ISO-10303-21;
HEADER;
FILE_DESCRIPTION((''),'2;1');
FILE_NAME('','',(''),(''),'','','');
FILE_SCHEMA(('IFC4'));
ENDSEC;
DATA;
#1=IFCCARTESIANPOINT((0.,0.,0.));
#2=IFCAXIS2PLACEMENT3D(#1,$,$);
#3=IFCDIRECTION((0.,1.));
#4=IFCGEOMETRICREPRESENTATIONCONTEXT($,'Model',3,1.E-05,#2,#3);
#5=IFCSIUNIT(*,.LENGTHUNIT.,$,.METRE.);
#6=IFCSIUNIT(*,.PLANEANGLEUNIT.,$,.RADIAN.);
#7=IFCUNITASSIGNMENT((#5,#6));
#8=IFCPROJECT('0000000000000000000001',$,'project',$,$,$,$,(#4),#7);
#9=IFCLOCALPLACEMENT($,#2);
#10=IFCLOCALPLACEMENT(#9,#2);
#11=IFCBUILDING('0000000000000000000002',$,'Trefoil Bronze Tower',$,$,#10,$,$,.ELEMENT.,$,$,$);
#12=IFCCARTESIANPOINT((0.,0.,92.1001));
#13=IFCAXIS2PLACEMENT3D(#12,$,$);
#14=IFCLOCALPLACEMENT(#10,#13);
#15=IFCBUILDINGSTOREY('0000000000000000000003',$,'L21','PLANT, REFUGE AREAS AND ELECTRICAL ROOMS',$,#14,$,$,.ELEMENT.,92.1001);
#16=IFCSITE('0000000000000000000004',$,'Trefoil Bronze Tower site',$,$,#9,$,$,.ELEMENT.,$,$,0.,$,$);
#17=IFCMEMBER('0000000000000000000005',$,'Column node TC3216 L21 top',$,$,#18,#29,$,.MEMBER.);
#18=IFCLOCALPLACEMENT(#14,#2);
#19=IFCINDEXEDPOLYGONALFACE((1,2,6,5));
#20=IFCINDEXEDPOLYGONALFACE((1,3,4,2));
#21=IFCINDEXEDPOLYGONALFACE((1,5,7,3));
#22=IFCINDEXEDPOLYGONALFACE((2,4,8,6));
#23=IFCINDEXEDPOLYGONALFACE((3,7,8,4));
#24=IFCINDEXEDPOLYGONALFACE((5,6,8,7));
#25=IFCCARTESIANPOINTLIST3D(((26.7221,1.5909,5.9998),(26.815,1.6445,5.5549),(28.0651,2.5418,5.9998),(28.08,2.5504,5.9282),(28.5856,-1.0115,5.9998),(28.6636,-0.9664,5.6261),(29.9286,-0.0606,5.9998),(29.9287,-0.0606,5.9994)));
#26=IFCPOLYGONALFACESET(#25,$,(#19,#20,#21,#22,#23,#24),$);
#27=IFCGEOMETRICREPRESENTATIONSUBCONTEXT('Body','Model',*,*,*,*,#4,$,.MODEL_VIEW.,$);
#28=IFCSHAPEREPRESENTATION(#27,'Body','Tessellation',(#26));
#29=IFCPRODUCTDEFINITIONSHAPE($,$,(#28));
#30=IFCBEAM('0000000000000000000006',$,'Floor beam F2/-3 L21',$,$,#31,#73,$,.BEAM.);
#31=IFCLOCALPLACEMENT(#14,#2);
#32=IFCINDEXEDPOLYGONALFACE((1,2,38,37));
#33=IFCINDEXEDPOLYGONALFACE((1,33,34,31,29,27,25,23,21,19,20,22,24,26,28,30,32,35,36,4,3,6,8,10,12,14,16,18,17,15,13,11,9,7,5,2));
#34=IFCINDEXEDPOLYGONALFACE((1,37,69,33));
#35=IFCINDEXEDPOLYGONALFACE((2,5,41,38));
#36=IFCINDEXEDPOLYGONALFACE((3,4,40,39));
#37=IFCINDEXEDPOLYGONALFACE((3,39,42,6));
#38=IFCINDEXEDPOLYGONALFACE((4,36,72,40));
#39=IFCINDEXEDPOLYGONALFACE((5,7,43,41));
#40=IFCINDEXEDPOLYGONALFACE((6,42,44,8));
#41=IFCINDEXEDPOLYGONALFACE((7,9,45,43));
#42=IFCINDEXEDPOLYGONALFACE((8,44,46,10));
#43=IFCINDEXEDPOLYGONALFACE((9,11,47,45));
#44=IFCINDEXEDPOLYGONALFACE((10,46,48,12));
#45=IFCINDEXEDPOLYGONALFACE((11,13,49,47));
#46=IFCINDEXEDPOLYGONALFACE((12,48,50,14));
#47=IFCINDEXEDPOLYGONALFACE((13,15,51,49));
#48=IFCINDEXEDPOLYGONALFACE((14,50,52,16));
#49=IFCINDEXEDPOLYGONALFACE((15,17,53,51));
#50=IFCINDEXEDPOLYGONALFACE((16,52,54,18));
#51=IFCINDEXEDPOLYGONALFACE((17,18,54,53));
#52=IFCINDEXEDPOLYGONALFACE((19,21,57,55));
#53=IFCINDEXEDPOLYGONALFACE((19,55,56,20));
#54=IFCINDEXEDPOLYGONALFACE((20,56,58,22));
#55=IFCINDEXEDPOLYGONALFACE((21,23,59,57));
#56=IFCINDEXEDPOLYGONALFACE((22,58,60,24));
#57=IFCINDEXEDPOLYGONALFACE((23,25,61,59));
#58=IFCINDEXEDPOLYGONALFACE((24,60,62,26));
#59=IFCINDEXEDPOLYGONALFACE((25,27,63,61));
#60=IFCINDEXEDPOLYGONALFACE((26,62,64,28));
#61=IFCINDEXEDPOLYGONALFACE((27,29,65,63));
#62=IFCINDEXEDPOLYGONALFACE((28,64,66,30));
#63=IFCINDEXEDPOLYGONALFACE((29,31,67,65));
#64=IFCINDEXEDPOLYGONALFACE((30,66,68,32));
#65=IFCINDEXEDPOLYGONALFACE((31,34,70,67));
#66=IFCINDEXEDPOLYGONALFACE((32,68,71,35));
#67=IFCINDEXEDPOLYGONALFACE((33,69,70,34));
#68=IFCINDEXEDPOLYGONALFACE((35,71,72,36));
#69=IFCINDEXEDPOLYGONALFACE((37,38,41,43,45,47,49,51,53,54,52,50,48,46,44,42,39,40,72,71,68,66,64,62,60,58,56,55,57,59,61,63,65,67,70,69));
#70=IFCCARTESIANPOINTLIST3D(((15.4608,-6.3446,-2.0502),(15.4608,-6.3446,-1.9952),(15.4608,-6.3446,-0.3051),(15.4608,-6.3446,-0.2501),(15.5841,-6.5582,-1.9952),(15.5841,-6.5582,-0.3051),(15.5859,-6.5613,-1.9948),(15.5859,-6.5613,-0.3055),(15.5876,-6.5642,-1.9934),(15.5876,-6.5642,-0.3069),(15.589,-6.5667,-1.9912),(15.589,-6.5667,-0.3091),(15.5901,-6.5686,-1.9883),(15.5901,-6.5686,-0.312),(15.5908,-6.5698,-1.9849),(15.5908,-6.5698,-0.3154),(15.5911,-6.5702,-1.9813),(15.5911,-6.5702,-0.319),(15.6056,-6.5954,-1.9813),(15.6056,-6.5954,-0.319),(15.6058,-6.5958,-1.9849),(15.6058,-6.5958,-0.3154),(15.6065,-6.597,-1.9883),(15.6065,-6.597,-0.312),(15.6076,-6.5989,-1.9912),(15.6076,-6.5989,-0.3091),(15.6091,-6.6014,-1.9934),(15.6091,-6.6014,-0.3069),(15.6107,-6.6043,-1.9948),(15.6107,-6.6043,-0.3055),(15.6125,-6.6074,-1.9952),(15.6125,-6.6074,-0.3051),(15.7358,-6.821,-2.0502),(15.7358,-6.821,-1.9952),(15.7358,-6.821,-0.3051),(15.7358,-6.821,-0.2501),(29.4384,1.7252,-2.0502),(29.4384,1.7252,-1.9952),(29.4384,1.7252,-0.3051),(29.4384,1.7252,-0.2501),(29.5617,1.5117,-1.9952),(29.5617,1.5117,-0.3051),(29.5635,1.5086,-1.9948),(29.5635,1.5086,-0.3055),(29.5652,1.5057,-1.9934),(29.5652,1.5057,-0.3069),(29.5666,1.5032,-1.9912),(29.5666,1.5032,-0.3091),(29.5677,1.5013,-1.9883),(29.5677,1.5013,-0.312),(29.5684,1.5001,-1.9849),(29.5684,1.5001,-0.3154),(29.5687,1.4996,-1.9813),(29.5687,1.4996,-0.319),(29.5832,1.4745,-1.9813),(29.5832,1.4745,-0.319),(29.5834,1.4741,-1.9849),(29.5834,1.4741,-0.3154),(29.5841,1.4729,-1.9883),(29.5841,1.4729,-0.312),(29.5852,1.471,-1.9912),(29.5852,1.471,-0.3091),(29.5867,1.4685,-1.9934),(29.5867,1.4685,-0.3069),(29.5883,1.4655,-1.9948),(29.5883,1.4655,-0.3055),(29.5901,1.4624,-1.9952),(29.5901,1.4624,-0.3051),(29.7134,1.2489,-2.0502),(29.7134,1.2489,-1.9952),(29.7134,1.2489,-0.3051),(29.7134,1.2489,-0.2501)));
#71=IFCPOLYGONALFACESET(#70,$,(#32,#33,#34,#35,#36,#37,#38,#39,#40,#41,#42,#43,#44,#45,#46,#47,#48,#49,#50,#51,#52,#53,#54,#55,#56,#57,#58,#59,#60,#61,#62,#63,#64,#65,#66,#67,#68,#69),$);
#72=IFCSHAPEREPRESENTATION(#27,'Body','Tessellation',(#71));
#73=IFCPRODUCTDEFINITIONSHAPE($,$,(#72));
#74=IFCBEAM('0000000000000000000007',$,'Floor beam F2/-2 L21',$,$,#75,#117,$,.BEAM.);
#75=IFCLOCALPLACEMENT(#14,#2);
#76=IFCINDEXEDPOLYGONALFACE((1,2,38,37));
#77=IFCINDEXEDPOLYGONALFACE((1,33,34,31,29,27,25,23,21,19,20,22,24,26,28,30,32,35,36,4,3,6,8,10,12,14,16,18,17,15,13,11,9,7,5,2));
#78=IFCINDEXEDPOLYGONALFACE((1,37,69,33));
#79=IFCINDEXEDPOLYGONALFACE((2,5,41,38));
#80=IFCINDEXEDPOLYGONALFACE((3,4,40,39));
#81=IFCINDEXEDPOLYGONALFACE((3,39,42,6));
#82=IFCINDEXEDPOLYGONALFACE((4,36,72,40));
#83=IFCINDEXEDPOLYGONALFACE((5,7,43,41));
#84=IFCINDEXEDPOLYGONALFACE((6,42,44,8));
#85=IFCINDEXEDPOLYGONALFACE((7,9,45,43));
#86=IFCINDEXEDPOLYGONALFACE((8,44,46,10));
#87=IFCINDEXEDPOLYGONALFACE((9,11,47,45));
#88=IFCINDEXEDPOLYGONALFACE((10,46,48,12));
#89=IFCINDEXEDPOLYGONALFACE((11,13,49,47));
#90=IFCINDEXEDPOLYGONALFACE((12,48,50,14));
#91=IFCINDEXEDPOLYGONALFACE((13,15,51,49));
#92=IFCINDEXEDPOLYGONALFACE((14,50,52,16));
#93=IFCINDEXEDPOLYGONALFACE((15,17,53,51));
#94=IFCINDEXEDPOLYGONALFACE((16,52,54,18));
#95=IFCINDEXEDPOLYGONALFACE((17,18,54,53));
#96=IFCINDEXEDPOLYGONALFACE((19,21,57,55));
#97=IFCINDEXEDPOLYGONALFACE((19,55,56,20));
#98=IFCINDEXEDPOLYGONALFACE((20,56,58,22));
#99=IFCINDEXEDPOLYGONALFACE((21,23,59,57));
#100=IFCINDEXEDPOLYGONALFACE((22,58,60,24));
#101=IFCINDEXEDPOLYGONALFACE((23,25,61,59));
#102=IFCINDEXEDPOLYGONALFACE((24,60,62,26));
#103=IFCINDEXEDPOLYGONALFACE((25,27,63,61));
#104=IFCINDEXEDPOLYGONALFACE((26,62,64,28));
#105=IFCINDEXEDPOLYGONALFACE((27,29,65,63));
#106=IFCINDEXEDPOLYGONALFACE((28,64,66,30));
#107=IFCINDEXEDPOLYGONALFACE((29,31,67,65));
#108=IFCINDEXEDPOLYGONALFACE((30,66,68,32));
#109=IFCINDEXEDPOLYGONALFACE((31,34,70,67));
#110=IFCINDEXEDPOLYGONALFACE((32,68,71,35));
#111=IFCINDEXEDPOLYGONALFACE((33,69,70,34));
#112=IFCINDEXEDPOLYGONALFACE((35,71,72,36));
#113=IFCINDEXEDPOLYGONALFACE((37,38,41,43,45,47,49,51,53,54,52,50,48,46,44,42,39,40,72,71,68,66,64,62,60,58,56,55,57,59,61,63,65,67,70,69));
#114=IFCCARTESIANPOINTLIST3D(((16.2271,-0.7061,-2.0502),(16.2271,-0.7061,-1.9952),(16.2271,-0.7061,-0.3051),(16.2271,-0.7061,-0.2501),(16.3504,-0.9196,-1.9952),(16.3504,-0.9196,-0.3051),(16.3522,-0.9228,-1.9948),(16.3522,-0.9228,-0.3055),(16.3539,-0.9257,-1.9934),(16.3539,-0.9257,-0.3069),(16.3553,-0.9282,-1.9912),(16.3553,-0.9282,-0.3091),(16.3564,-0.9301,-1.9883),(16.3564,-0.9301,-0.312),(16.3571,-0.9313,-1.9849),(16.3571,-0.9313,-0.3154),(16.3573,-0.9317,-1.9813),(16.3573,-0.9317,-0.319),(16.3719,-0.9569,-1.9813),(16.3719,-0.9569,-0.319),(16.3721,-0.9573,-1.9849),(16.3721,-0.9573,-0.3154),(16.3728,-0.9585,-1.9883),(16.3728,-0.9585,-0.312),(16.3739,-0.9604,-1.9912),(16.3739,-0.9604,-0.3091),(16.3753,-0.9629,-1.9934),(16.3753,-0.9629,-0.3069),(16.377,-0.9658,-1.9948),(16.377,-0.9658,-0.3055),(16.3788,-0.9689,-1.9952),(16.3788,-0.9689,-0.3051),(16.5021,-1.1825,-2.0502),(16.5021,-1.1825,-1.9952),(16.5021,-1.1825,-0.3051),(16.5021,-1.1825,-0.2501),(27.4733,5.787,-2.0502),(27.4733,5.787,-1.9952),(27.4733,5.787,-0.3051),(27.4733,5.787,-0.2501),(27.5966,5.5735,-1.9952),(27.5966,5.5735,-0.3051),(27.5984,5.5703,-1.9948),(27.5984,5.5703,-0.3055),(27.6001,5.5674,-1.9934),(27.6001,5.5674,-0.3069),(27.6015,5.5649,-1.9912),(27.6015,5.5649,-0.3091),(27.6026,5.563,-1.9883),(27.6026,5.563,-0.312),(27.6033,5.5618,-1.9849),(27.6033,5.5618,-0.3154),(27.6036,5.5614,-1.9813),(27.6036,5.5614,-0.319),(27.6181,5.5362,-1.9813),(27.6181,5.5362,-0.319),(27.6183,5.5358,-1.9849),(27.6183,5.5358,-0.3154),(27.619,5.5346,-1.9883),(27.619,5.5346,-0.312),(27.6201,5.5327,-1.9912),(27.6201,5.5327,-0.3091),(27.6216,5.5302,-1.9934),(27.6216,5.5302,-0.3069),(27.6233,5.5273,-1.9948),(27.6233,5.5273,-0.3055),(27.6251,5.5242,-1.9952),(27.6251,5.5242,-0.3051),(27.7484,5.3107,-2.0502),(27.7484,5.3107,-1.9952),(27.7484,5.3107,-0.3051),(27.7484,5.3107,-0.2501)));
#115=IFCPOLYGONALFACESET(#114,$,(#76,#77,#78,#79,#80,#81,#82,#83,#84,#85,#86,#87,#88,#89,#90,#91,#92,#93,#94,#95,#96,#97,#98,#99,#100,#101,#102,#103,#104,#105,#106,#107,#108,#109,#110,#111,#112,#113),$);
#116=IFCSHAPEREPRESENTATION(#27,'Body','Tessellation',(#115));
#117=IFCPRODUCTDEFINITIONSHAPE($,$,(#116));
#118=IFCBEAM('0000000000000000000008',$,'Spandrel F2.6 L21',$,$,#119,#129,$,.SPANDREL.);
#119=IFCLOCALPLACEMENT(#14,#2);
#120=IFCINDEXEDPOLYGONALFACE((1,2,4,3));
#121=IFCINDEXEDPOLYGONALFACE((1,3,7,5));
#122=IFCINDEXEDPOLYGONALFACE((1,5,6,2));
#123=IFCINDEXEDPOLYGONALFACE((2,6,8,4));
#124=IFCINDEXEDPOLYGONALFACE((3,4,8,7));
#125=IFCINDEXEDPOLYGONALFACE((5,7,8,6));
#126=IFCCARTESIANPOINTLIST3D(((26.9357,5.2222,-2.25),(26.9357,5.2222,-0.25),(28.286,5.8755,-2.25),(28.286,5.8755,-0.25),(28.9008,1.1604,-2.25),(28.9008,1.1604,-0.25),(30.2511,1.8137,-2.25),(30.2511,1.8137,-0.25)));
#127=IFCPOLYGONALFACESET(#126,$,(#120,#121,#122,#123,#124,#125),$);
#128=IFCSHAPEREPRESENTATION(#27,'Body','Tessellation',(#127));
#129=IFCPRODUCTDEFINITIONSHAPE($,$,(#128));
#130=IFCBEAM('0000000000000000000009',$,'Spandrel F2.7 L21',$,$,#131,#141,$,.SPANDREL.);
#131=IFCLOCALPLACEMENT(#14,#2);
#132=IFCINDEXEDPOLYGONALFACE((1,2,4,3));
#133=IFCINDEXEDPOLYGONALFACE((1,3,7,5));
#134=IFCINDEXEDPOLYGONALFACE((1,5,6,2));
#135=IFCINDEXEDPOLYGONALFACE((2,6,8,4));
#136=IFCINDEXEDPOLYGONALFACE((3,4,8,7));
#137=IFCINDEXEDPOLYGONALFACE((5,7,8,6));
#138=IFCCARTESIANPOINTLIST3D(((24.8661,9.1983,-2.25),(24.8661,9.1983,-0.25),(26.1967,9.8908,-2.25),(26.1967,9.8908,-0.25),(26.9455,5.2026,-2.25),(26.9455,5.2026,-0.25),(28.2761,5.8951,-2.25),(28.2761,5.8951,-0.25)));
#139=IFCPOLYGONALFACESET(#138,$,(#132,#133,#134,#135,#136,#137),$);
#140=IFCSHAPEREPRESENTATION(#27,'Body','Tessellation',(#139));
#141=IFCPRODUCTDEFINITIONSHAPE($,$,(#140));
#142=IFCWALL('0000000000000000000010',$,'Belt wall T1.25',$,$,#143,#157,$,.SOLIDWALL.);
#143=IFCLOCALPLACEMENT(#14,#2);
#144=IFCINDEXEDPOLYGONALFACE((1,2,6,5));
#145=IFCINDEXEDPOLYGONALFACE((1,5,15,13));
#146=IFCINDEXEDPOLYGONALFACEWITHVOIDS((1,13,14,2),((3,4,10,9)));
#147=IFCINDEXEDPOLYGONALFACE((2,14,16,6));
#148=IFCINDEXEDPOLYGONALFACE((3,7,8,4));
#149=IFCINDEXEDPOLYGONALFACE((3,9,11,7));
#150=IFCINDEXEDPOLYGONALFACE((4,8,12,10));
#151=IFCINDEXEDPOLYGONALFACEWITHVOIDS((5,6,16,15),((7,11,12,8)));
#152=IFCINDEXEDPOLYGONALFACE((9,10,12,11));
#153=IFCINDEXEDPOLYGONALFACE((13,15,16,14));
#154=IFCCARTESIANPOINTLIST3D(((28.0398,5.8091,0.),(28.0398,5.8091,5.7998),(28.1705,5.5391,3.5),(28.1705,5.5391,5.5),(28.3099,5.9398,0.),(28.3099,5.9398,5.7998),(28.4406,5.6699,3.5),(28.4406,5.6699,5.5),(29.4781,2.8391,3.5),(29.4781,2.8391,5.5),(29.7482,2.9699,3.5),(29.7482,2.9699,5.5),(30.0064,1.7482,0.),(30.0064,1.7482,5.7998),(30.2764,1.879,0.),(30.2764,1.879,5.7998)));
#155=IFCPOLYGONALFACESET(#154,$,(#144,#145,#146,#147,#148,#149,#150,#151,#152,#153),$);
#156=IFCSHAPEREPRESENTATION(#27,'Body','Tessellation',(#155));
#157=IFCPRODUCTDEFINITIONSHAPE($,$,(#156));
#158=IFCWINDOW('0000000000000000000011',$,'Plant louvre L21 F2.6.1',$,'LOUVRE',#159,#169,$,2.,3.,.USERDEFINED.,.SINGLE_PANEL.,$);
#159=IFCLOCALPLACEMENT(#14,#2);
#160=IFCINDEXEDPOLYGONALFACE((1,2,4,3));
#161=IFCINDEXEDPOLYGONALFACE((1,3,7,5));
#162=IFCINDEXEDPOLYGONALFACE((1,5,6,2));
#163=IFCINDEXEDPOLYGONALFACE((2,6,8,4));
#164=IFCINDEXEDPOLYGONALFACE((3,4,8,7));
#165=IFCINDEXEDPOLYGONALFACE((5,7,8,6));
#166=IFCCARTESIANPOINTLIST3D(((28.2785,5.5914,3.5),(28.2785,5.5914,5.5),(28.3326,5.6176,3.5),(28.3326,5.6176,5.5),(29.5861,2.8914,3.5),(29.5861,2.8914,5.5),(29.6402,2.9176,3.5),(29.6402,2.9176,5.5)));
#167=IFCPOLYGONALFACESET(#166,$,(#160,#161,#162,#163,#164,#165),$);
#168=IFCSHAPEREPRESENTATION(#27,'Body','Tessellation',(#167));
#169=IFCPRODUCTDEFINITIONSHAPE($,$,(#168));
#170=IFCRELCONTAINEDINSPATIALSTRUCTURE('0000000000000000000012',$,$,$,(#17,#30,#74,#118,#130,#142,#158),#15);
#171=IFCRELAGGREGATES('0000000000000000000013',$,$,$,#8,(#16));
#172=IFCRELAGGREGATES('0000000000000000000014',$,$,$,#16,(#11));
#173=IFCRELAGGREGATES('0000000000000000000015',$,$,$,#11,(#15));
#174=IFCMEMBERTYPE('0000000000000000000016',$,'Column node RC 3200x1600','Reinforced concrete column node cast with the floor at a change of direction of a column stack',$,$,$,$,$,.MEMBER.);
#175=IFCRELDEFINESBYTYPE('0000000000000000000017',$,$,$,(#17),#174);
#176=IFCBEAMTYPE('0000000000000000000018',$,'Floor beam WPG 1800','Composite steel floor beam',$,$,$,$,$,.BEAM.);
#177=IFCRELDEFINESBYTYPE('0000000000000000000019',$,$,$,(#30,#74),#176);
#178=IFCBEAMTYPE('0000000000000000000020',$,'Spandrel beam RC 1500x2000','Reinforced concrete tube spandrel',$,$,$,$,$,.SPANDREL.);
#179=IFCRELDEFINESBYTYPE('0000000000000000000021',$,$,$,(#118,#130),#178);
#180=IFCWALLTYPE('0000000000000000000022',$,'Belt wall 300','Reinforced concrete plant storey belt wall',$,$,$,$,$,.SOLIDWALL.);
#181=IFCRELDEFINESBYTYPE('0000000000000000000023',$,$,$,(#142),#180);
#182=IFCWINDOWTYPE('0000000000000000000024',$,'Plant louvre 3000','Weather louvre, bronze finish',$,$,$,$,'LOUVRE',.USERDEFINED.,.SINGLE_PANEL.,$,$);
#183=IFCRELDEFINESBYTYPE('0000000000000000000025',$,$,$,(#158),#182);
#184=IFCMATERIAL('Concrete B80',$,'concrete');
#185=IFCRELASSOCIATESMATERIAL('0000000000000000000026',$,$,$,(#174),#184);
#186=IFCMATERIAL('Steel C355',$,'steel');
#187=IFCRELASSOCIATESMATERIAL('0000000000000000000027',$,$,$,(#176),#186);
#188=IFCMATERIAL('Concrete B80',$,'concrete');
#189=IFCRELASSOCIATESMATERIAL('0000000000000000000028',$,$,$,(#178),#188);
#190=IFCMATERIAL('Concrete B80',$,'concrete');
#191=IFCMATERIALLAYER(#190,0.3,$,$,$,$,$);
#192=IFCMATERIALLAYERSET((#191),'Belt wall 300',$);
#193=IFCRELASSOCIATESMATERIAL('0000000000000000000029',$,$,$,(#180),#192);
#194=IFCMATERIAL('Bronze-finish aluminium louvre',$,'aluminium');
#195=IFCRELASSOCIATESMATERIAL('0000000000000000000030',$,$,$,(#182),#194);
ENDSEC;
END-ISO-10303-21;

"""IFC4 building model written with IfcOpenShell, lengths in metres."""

from ifc_helpers import new_model, si_unit, direction, frame, frame_2d, origin, origin_2d, place, context, subcontext, project, spatial, rectangle, i_section, extrude, clip, halfspace, material, layer, layer_set, material_profile, profile_set, type_object, element, fill, save


model = new_model("IFC4")

# Units and contexts
model_context = context("Model", 3, precision=1e-05, world=origin(), true_north=direction((0.0, 1.0)))
body_context = subcontext(model_context, "Body", "Model", "MODEL_VIEW")
ifc_project = project(units=[si_unit("LENGTHUNIT", "METRE"), si_unit("PLANEANGLEUNIT", "RADIAN")], contexts=[model_context])

# Site, building, storey
site_placement = place(None, origin())
site = spatial("IfcSite", under=ifc_project, at=site_placement, Name="Trefoil Bronze Tower site", CompositionType="ELEMENT", RefElevation=0.0)
building_placement = place(site_placement, origin())
building = spatial("IfcBuilding", under=site, at=building_placement, Name="Trefoil Bronze Tower", CompositionType="ELEMENT")
storey_placement = place(building_placement, frame((0.0, 0.0, 92.1001)))
storey = spatial("IfcBuildingStorey", under=building, at=storey_placement, Name="L21", Description="PLANT, REFUGE AREAS AND ELECTRICAL ROOMS", CompositionType="ELEMENT", Elevation=92.1001)

# Member
ifc_material_1 = material(Name="Concrete B80", Category="concrete")
ifc_material_profile_1 = material_profile(ifc_material_1, rectangle(XDim=3.2, YDim=1.6001, at=origin_2d()), Name="RC 3200x1600")
ifc_profile_set_1 = profile_set([ifc_material_profile_1], Name="Concrete B80")
member_type_1 = type_object("IfcMemberType", Name="Column node RC 3200x1600", Description="Reinforced concrete column node cast with the floor at a change of direction of a column stack", PredefinedType="MEMBER", material=ifc_profile_set_1)
member_1_placement = place(storey_placement, frame((28.2788, 0.7383, 6.2227), z_axis=(0.202953, 0.117191, -0.97215), x_axis=(0.577708, -0.81594, 0.022247)))
element("IfcMember", 1, at=member_1_placement, inside=storey, type_object=member_type_1, Name="Column node TC3216 L21 top", PredefinedType="MEMBER", context=body_context, shape_type="Clipping", body=[
    clip(extrude(rectangle(XDim=3.2, YDim=1.6001, at=origin_2d()), origin(), (0.0, 0.0, 1.0), 0.4583), halfspace(frame((0.0, 0.0, 0.2292), z_axis=(-0.022247, 0.2333, 0.97215), x_axis=(0.0, 0.972391, -0.233357)), True)),
])

# Beams
ifc_material_2 = material(Name="Steel C355", Category="steel")
ifc_material_profile_2 = material_profile(ifc_material_2, i_section(OverallWidth=0.55, OverallDepth=1.8, WebThickness=0.0291, FlangeThickness=0.0549, FilletRadius=0.0139, at=origin_2d()), Name="WPG 1800")
ifc_profile_set_2 = profile_set([ifc_material_profile_2], Name="Steel C355")
beam_type_1 = type_object("IfcBeamType", Name="Floor beam WPG 1800", Description="Composite steel floor beam", PredefinedType="BEAM", material=ifc_profile_set_2)
beam_1_placement = place(storey_placement, frame((29.5759, 1.4871, -1.1501), z_axis=(-0.866028, -0.499995, 0.0), x_axis=(0.499995, -0.866028, 0.0)))
element("IfcBeam", 2, at=beam_1_placement, inside=storey, type_object=beam_type_1, Name="Floor beam F2/-3 L21", PredefinedType="BEAM", context=body_context, shape_type="SweptSolid", body=[
    extrude(i_section(OverallWidth=0.55, OverallDepth=1.8, WebThickness=0.0291, FlangeThickness=0.0549, FilletRadius=0.0139, at=origin_2d()), origin(), (0.0, 0.0, 1.0), 16.1399),
])
beam_2_placement = place(storey_placement, frame((27.6108, 5.5488, -1.1501), z_axis=(-0.866022, -0.500005, 0.0), x_axis=(0.500005, -0.866022, 0.0)))
element("IfcBeam", 3, at=beam_2_placement, inside=storey, type_object=beam_type_1, Name="Floor beam F2/-2 L21", PredefinedType="BEAM", context=body_context, shape_type="SweptSolid", body=[
    extrude(i_section(OverallWidth=0.55, OverallDepth=1.8, WebThickness=0.0291, FlangeThickness=0.0549, FilletRadius=0.0139, at=origin_2d()), origin(), (0.0, 0.0, 1.0), 12.9861),
])
ifc_material_3 = material(Name="Concrete B80", Category="concrete")
ifc_material_profile_3 = material_profile(ifc_material_3, rectangle(XDim=1.5, YDim=2.0, at=origin_2d()), Name="RC 1500x2000")
ifc_profile_set_3 = profile_set([ifc_material_profile_3], Name="Concrete B80")
beam_type_2 = type_object("IfcBeamType", Name="Spandrel beam RC 1500x2000", Description="Reinforced concrete tube spandrel", PredefinedType="SPANDREL", material=ifc_profile_set_3)
beam_3_placement = place(storey_placement, frame((29.5759, 1.4871, -1.25), z_axis=(-0.43551, 0.900184, 0.0), x_axis=(-0.900184, -0.43551, 0.0)))
element("IfcBeam", 4, at=beam_3_placement, inside=storey, type_object=beam_type_2, Name="Spandrel F2.6 L21", PredefinedType="SPANDREL", context=body_context, shape_type="SweptSolid", body=[
    extrude(rectangle(XDim=1.5, YDim=2.0, at=origin_2d()), origin(), (0.0, 0.0, 1.0), 4.5122),
])
beam_4_placement = place(storey_placement, frame((27.6108, 5.5488, -1.25), z_axis=(-0.461638, 0.887069, 0.0), x_axis=(-0.887069, -0.461638, 0.0)))
element("IfcBeam", 5, at=beam_4_placement, inside=storey, type_object=beam_type_2, Name="Spandrel F2.7 L21", PredefinedType="SPANDREL", context=body_context, shape_type="SweptSolid", body=[
    extrude(rectangle(XDim=1.5, YDim=2.0, at=origin_2d()), origin(), (0.0, 0.0, 1.0), 4.5044),
])

# Wall, opening, window
ifc_material_4 = material(Name="Concrete B80", Category="concrete")
ifc_layer_1 = layer(ifc_material_4, 0.3)
ifc_layer_set_1 = layer_set([ifc_layer_1], Name="Belt wall 300")
wall_type_1 = type_object("IfcWallType", Name="Belt wall 300", Description="Reinforced concrete plant storey belt wall", PredefinedType="SOLIDWALL", material=ifc_layer_set_1)
wall_1_placement = place(storey_placement, frame((30.1414, 1.8137, 0.0), z_axis=(0.0, 0.0, 1.0), x_axis=(-0.435858, 0.900015, 0.0)))
wall_1 = element("IfcWall", 6, at=wall_1_placement, inside=storey, type_object=wall_type_1, Name="Belt wall T1.25", PredefinedType="SOLIDWALL", context=body_context, shape_type="SweptSolid", body=[
    extrude(rectangle(XDim=4.512, YDim=0.3, at=frame_2d((2.2559, 0.0))), origin(), (0.0, 0.0, 1.0), 5.7998),
])
opening_1_placement = place(wall_1_placement, frame((1.2119, 0.0, 3.5)))
opening_1 = element("IfcOpeningElement", 7, at=opening_1_placement, cuts=wall_1, PredefinedType="OPENING", context=body_context, shape_type="SweptSolid", body=[
    extrude(rectangle(XDim=3.0, YDim=2.0, at=frame_2d((1.5, 1.0))), frame((0.0, 0.1599, 0.0), z_axis=(0.0, -1.0, 0.0), x_axis=(1.0, 0.0, 0.0)), (0.0, 0.0, 1.0), 0.3201),
])
ifc_material_5 = material(Name="Bronze-finish aluminium louvre", Category="aluminium")
window_type = type_object("IfcWindowType", Name="Plant louvre 3000", Description="Weather louvre, bronze finish", ElementType="LOUVRE", PartitioningType="SINGLE_PANEL", PredefinedType="USERDEFINED", material=ifc_material_5)
window_1_placement = place(opening_1_placement, origin())
window_1 = element("IfcWindow", 8, at=window_1_placement, inside=storey, type_object=window_type, Name="Plant louvre L21 F2.6.1", ObjectType="LOUVRE", OverallHeight=2.0, OverallWidth=3.0, PartitioningType="SINGLE_PANEL", PredefinedType="USERDEFINED", context=body_context, shape_type="SweptSolid", body=[
    extrude(rectangle(XDim=3.0, YDim=2.0, at=frame_2d((1.5, 1.0))), frame((0.0, 0.03, 0.0), z_axis=(0.0, -1.0, 0.0), x_axis=(1.0, 0.0, 0.0)), (0.0, 0.0, 1.0), 0.0601),
])
fill(opening_1, window_1)

save(model, "model.ifc")
